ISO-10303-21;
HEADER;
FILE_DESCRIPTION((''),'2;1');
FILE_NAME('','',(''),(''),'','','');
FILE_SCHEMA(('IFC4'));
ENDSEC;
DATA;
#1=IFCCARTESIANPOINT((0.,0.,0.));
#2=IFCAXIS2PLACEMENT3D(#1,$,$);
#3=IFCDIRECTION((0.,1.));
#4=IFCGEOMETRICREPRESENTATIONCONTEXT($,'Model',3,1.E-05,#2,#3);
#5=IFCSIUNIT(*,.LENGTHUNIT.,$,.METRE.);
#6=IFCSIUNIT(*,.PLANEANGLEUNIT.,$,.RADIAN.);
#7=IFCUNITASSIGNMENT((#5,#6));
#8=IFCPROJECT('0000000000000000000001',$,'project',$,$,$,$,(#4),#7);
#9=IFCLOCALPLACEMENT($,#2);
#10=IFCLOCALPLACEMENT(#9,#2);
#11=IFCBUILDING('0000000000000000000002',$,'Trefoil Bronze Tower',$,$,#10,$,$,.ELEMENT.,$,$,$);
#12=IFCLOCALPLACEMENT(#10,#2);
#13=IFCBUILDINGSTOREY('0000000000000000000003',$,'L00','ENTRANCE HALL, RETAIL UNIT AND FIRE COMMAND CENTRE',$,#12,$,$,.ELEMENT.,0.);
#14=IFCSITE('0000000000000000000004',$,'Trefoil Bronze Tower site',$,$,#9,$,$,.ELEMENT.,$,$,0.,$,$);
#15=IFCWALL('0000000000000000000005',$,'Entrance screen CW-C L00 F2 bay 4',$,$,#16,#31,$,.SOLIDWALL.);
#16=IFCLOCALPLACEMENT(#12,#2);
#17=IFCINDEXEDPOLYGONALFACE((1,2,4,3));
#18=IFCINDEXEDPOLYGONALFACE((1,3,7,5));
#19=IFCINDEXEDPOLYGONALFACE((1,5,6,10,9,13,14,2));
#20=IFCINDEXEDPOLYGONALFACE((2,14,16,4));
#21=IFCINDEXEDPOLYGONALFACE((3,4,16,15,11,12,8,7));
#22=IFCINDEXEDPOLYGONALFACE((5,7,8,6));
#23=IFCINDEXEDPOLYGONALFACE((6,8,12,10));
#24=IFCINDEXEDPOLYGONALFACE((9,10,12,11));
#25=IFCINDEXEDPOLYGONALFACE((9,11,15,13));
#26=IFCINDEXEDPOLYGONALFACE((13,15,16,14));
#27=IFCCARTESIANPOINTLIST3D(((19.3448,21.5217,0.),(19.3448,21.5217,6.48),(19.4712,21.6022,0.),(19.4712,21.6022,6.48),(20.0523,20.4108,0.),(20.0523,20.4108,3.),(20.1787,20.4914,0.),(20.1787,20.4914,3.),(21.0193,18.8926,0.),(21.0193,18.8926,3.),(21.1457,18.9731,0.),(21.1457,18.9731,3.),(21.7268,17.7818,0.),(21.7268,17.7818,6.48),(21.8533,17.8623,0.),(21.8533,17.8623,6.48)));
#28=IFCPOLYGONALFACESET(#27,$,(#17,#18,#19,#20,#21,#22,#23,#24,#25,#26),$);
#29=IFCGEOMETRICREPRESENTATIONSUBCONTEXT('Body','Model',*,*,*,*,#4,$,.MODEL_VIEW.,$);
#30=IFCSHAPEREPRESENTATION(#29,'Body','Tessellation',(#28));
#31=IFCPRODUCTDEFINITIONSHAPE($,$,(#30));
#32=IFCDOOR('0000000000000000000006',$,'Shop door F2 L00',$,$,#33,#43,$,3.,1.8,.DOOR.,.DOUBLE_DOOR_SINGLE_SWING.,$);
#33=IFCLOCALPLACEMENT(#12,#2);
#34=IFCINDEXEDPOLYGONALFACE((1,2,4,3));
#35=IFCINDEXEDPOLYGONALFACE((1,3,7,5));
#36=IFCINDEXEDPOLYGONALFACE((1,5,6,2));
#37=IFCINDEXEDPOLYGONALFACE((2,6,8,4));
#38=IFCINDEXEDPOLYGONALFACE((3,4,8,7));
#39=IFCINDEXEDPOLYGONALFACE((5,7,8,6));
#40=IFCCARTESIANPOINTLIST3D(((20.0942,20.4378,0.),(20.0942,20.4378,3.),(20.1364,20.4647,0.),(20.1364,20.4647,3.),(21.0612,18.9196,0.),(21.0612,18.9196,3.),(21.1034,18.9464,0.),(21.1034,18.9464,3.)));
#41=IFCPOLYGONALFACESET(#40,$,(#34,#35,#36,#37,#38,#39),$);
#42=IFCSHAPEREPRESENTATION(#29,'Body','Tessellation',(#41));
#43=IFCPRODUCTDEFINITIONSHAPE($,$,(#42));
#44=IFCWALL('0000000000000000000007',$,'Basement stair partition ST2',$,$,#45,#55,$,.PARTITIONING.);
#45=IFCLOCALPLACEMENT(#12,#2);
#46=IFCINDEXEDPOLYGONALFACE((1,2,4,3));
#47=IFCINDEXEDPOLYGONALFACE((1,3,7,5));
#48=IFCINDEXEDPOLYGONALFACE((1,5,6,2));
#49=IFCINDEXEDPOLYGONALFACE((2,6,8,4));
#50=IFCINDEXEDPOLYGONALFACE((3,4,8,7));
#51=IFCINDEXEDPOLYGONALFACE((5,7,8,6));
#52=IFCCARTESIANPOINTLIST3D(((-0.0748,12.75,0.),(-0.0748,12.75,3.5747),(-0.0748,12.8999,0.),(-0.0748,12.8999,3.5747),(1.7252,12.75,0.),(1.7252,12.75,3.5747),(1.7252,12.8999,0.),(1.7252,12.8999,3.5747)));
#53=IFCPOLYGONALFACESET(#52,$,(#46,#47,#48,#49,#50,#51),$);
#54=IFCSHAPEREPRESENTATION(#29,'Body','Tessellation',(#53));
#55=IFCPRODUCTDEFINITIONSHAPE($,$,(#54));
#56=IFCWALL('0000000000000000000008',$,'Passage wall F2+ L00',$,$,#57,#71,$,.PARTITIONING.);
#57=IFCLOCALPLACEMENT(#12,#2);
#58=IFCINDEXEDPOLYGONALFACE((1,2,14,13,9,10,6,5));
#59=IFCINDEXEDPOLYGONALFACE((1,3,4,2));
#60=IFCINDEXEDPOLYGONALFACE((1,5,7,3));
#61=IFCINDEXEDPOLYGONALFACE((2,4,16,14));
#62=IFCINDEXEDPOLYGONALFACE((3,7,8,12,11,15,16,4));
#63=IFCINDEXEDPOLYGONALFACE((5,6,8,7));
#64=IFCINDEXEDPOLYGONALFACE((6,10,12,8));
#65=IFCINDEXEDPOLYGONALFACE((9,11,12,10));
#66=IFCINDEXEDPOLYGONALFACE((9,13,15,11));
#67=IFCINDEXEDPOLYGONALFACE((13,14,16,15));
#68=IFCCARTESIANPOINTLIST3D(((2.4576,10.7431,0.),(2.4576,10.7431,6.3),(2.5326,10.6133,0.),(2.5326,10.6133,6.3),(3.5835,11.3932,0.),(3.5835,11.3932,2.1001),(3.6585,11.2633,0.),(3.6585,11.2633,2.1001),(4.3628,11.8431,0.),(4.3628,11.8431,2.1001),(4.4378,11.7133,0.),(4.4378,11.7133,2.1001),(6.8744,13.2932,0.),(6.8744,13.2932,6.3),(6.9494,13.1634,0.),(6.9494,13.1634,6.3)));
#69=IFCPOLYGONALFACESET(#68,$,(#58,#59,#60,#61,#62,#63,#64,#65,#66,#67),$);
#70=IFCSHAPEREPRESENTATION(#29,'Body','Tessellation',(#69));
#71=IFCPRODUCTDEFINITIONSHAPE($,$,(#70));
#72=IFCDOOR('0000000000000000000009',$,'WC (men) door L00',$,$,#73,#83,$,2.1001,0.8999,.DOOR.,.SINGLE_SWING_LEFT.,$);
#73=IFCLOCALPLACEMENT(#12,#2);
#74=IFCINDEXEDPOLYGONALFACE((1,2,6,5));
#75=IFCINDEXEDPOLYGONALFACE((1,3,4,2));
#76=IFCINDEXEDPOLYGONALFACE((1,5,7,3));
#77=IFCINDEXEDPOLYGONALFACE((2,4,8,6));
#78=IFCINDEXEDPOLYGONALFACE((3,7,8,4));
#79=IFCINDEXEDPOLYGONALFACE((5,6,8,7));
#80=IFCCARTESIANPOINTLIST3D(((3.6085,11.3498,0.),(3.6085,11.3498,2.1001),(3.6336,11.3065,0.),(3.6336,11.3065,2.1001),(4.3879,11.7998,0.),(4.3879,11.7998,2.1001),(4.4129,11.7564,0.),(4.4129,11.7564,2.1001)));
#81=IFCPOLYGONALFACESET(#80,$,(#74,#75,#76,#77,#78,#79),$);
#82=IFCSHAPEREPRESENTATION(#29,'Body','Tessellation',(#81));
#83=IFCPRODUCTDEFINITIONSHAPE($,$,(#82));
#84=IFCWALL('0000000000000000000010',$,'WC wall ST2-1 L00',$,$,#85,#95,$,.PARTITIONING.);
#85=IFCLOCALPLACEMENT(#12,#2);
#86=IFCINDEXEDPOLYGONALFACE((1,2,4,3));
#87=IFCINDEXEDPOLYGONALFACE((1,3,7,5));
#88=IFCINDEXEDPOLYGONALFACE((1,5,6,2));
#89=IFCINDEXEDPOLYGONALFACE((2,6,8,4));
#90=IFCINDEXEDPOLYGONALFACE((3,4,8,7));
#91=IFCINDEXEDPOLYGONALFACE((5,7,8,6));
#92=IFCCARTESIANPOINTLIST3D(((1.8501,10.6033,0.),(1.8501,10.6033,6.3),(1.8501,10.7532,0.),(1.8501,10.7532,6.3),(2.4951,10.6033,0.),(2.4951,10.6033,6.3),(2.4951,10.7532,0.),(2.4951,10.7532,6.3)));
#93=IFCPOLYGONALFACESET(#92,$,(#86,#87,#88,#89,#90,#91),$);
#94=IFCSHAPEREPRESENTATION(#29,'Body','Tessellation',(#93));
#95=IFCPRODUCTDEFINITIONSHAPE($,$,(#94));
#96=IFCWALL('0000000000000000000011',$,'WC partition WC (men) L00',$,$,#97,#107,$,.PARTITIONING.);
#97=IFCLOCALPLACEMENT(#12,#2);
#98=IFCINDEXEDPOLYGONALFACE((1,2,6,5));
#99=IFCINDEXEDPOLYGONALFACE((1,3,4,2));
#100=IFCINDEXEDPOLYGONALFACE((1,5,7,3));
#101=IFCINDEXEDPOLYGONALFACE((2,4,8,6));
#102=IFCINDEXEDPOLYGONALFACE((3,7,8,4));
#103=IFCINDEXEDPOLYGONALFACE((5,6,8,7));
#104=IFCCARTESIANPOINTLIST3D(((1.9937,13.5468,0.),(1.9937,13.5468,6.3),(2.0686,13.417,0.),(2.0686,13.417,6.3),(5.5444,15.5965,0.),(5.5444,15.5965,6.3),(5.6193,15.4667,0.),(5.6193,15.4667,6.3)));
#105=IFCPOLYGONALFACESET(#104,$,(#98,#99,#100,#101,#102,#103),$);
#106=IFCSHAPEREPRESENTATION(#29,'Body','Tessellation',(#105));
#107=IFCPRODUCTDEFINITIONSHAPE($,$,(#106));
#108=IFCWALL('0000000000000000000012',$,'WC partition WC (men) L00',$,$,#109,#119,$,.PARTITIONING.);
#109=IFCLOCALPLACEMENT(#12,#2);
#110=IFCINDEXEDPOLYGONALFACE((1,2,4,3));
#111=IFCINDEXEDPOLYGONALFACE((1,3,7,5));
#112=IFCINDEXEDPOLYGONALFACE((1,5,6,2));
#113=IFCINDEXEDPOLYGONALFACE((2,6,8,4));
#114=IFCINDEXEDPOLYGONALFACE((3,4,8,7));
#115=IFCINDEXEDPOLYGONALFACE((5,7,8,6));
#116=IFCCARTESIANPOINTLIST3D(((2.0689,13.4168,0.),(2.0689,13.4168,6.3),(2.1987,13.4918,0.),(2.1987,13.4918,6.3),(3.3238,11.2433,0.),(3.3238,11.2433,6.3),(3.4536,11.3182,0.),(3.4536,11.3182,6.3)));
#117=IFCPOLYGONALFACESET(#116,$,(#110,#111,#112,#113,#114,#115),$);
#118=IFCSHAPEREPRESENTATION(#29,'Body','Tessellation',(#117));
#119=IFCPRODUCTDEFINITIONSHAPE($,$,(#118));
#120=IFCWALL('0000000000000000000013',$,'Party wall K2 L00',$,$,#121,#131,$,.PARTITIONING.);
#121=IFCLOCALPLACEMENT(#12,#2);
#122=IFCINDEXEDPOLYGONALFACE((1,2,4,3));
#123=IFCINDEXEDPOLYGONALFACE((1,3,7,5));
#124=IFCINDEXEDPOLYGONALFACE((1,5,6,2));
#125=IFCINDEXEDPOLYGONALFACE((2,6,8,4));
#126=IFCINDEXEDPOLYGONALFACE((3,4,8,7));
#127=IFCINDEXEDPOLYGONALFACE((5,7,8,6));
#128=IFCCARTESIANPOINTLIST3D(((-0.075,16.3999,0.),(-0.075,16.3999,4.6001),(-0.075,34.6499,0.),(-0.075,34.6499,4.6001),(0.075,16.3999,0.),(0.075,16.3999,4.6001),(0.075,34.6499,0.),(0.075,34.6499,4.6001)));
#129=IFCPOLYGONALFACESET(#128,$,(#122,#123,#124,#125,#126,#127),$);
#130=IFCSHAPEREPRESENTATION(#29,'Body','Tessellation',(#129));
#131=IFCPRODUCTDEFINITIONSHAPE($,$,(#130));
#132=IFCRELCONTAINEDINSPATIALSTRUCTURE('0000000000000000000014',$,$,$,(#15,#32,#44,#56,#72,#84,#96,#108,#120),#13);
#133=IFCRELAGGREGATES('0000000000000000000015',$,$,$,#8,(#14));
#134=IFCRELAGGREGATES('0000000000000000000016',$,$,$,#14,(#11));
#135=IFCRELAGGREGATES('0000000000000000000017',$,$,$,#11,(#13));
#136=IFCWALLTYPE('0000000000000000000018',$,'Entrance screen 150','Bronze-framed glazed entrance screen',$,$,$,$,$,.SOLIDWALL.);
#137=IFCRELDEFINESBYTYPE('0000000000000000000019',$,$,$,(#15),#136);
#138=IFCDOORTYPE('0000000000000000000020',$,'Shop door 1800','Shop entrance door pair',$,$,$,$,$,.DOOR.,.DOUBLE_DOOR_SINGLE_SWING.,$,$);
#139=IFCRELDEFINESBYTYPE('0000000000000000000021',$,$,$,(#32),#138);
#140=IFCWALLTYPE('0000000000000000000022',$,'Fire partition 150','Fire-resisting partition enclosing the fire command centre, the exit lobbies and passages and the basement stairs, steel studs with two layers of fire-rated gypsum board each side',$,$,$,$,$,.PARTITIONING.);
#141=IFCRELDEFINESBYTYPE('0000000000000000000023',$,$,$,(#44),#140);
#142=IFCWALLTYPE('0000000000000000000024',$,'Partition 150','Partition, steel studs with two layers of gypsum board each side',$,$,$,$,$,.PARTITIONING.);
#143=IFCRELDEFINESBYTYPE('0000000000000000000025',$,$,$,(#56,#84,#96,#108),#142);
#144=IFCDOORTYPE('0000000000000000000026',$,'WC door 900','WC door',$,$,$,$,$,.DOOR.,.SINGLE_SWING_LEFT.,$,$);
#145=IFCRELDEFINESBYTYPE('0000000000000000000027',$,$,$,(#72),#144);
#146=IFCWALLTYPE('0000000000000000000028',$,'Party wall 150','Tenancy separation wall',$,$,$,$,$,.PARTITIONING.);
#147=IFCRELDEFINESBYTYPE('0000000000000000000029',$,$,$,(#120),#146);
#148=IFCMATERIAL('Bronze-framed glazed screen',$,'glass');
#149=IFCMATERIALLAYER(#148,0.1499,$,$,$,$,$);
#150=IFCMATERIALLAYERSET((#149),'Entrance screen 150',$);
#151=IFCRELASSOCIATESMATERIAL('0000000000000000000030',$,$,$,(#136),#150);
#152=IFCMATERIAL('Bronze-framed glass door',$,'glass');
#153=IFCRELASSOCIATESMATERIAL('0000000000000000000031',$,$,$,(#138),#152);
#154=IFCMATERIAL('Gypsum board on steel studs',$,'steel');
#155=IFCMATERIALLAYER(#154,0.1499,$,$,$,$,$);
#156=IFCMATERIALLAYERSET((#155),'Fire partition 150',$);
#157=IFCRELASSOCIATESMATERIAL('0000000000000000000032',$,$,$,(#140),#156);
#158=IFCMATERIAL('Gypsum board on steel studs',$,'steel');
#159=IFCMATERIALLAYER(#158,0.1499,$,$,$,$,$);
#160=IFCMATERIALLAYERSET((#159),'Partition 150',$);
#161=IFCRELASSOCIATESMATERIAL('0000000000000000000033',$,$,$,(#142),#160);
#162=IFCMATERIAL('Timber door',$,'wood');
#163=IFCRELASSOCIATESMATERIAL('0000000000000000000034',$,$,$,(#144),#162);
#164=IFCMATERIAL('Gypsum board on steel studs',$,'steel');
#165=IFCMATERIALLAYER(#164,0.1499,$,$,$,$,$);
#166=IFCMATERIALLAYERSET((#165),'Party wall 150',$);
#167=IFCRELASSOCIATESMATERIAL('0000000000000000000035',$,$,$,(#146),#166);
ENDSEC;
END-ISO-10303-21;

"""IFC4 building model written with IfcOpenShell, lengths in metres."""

from ifc_helpers import new_model, si_unit, direction, frame, frame_2d, origin, place, context, subcontext, project, spatial, rectangle, extrude, material, layer, layer_set, type_object, element, fill, save


model = new_model("IFC4")

# Units and contexts
model_context = context("Model", 3, precision=1e-05, world=origin(), true_north=direction((0.0, 1.0)))
body_context = subcontext(model_context, "Body", "Model", "MODEL_VIEW")
ifc_project = project(units=[si_unit("LENGTHUNIT", "METRE"), si_unit("PLANEANGLEUNIT", "RADIAN")], contexts=[model_context])

# Site, building, storey
site_placement = place(None, origin())
site = spatial("IfcSite", under=ifc_project, at=site_placement, Name="Trefoil Bronze Tower site", CompositionType="ELEMENT", RefElevation=0.0)
building_placement = place(site_placement, origin())
building = spatial("IfcBuilding", under=site, at=building_placement, Name="Trefoil Bronze Tower", CompositionType="ELEMENT")
storey_placement = place(building_placement, origin())
storey = spatial("IfcBuildingStorey", under=building, at=storey_placement, Name="L00", Description="ENTRANCE HALL, RETAIL UNIT AND FIRE COMMAND CENTRE", CompositionType="ELEMENT", Elevation=0.0)

# Wall, opening, door
ifc_material_1 = material(Name="Bronze-framed glazed screen", Category="glass")
ifc_layer_1 = layer(ifc_material_1, 0.1499)
ifc_layer_set_1 = layer_set([ifc_layer_1], Name="Entrance screen 150")
wall_type_1 = type_object("IfcWallType", Name="Entrance screen 150", Description="Bronze-framed glazed entrance screen", PredefinedType="SOLIDWALL", material=ifc_layer_set_1)
wall_1_placement = place(storey_placement, frame((21.79, 17.822, 0.0), z_axis=(0.0, 0.0, 1.0), x_axis=(-0.53721, 0.843448, 0.0)))
wall_1 = element("IfcWall", 1, at=wall_1_placement, inside=storey, type_object=wall_type_1, Name="Entrance screen CW-C L00 F2 bay 4", PredefinedType="SOLIDWALL", context=body_context, shape_type="SweptSolid", body=[
    extrude(rectangle(XDim=4.4341, YDim=0.1499, at=frame_2d((2.217, 0.0))), origin(), (0.0, 0.0, 1.0), 6.48),
])
opening_1_placement = place(wall_1_placement, frame((1.3171, 0.0, 0.0)))
opening_1 = element("IfcOpeningElement", 2, at=opening_1_placement, cuts=wall_1, PredefinedType="OPENING", context=body_context, shape_type="SweptSolid", body=[
    extrude(rectangle(XDim=1.8, YDim=3.0, at=frame_2d((0.8999, 1.5))), frame((0.0, 0.085, 0.0), z_axis=(0.0, -1.0, 0.0), x_axis=(1.0, 0.0, 0.0)), (0.0, 0.0, 1.0), 0.1699),
])
ifc_material_2 = material(Name="Bronze-framed glass door", Category="glass")
door_type_1 = type_object("IfcDoorType", Name="Shop door 1800", Description="Shop entrance door pair", OperationType="DOUBLE_DOOR_SINGLE_SWING", PredefinedType="DOOR", material=ifc_material_2)
door_1_placement = place(opening_1_placement, frame((1.8, 0.0, 0.0), z_axis=(0.0, 0.0, 1.0), x_axis=(-1.0, 0.0, 0.0)))
door_1 = element("IfcDoor", 3, at=door_1_placement, inside=storey, type_object=door_type_1, Name="Shop door F2 L00", OperationType="DOUBLE_DOOR_SINGLE_SWING", OverallHeight=3.0, OverallWidth=1.8, PredefinedType="DOOR", context=body_context, shape_type="SweptSolid", body=[
    extrude(rectangle(XDim=1.8, YDim=3.0, at=frame_2d((0.8999, 1.5))), frame((0.0, 0.0249, 0.0), z_axis=(0.0, -1.0, 0.0), x_axis=(1.0, 0.0, 0.0)), (0.0, 0.0, 1.0), 0.05),
])
fill(opening_1, door_1)

# Wall
ifc_material_3 = material(Name="Gypsum board on steel studs", Category="steel")
ifc_layer_2 = layer(ifc_material_3, 0.1499)
ifc_layer_set_2 = layer_set([ifc_layer_2], Name="Fire partition 150")
wall_type_2 = type_object("IfcWallType", Name="Fire partition 150", Description="Fire-resisting partition enclosing the fire command centre, the exit lobbies and passages and the basement stairs, steel studs with two layers of fire-rated gypsum board each side", PredefinedType="PARTITIONING", material=ifc_layer_set_2)
wall_2_placement = place(storey_placement, frame((1.7251, 12.825, 0.0), z_axis=(0.0, 0.0, 1.0), x_axis=(-1.0, 0.0, 0.0)))
element("IfcWall", 4, at=wall_2_placement, inside=storey, type_object=wall_type_2, Name="Basement stair partition ST2", PredefinedType="PARTITIONING", context=body_context, shape_type="SweptSolid", body=[
    extrude(rectangle(XDim=1.8, YDim=0.1499, at=frame_2d((0.8999, 0.0))), origin(), (0.0, 0.0, 1.0), 3.5747),
])

# Wall, opening, door
ifc_material_4 = material(Name="Gypsum board on steel studs", Category="steel")
ifc_layer_3 = layer(ifc_material_4, 0.1499)
ifc_layer_set_3 = layer_set([ifc_layer_3], Name="Partition 150")
wall_type_3 = type_object("IfcWallType", Name="Partition 150", Description="Partition, steel studs with two layers of gypsum board each side", PredefinedType="PARTITIONING", material=ifc_layer_set_3)
wall_3_placement = place(storey_placement, frame((2.4951, 10.6782, 0.0), z_axis=(0.0, 0.0, 1.0), x_axis=(0.866022, 0.500006, 0.0)))
wall_3 = element("IfcWall", 5, at=wall_3_placement, inside=storey, type_object=wall_type_3, Name="Passage wall F2+ L00", PredefinedType="PARTITIONING", context=body_context, shape_type="SweptSolid", body=[
    extrude(rectangle(XDim=5.1001, YDim=0.1499, at=frame_2d((2.55, 0.0))), origin(), (0.0, 0.0, 1.0), 6.3),
])
opening_2_placement = place(wall_3_placement, frame((1.3, 0.0, 0.0)))
opening_2 = element("IfcOpeningElement", 6, at=opening_2_placement, cuts=wall_3, PredefinedType="OPENING", context=body_context, shape_type="SweptSolid", body=[
    extrude(rectangle(XDim=0.8999, YDim=2.1001, at=frame_2d((0.45, 1.05))), frame((0.0, 0.085, 0.0), z_axis=(0.0, -1.0, 0.0), x_axis=(1.0, 0.0, 0.0)), (0.0, 0.0, 1.0), 0.1699),
])
ifc_material_5 = material(Name="Timber door", Category="wood")
door_type_2 = type_object("IfcDoorType", Name="WC door 900", Description="WC door", OperationType="SINGLE_SWING_LEFT", PredefinedType="DOOR", material=ifc_material_5)
door_2_placement = place(opening_2_placement, origin())
door_2 = element("IfcDoor", 7, at=door_2_placement, inside=storey, type_object=door_type_2, Name="WC (men) door L00", OperationType="SINGLE_SWING_LEFT", OverallHeight=2.1001, OverallWidth=0.8999, PredefinedType="DOOR", context=body_context, shape_type="SweptSolid", body=[
    extrude(rectangle(XDim=0.8999, YDim=2.1001, at=frame_2d((0.45, 1.05))), frame((0.0, 0.0249, 0.0), z_axis=(0.0, -1.0, 0.0), x_axis=(1.0, 0.0, 0.0)), (0.0, 0.0, 1.0), 0.05),
])
fill(opening_2, door_2)

# Walls
wall_4_placement = place(storey_placement, frame((2.4951, 10.6782, 0.0), z_axis=(0.0, 0.0, 1.0), x_axis=(-1.0, 0.0, 0.0)))
element("IfcWall", 8, at=wall_4_placement, inside=storey, type_object=wall_type_3, Name="WC wall ST2-1 L00", PredefinedType="PARTITIONING", context=body_context, shape_type="SweptSolid", body=[
    extrude(rectangle(XDim=0.645, YDim=0.1499, at=frame_2d((0.3225, 0.0))), origin(), (0.0, 0.0, 1.0), 6.3),
])
wall_5_placement = place(storey_placement, frame((2.0312, 13.4819, 0.0), z_axis=(0.0, 0.0, 1.0), x_axis=(0.866051, 0.499956, 0.0)))
element("IfcWall", 9, at=wall_5_placement, inside=storey, type_object=wall_type_3, Name="WC partition WC (men) L00", PredefinedType="PARTITIONING", context=body_context, shape_type="SweptSolid", body=[
    extrude(rectangle(XDim=4.0999, YDim=0.1499, at=frame_2d((2.0498, 0.0))), origin(), (0.0, 0.0, 1.0), 6.3),
])
wall_6_placement = place(storey_placement, frame((3.3887, 11.2808, 0.0), z_axis=(0.0, 0.0, 1.0), x_axis=(-0.499989, 0.866032, 0.0)))
element("IfcWall", 10, at=wall_6_placement, inside=storey, type_object=wall_type_3, Name="WC partition WC (men) L00", PredefinedType="PARTITIONING", context=body_context, shape_type="SweptSolid", body=[
    extrude(rectangle(XDim=2.5098, YDim=0.1499, at=frame_2d((1.2549, 0.0))), origin(), (0.0, 0.0, 1.0), 6.3),
])
ifc_material_6 = material(Name="Gypsum board on steel studs", Category="steel")
ifc_layer_4 = layer(ifc_material_6, 0.1499)
ifc_layer_set_4 = layer_set([ifc_layer_4], Name="Party wall 150")
wall_type_4 = type_object("IfcWallType", Name="Party wall 150", Description="Tenancy separation wall", PredefinedType="PARTITIONING", material=ifc_layer_set_4)
wall_7_placement = place(storey_placement, frame((0.0, 16.3999, 0.0), z_axis=(0.0, 0.0, 1.0), x_axis=(0.0, 1.0, 0.0)))
element("IfcWall", 11, at=wall_7_placement, inside=storey, type_object=wall_type_4, Name="Party wall K2 L00", PredefinedType="PARTITIONING", context=body_context, shape_type="SweptSolid", body=[
    extrude(rectangle(XDim=18.25, YDim=0.1499, at=frame_2d((9.125, 0.0))), origin(), (0.0, 0.0, 1.0), 4.6001),
])

save(model, "model.ifc")
